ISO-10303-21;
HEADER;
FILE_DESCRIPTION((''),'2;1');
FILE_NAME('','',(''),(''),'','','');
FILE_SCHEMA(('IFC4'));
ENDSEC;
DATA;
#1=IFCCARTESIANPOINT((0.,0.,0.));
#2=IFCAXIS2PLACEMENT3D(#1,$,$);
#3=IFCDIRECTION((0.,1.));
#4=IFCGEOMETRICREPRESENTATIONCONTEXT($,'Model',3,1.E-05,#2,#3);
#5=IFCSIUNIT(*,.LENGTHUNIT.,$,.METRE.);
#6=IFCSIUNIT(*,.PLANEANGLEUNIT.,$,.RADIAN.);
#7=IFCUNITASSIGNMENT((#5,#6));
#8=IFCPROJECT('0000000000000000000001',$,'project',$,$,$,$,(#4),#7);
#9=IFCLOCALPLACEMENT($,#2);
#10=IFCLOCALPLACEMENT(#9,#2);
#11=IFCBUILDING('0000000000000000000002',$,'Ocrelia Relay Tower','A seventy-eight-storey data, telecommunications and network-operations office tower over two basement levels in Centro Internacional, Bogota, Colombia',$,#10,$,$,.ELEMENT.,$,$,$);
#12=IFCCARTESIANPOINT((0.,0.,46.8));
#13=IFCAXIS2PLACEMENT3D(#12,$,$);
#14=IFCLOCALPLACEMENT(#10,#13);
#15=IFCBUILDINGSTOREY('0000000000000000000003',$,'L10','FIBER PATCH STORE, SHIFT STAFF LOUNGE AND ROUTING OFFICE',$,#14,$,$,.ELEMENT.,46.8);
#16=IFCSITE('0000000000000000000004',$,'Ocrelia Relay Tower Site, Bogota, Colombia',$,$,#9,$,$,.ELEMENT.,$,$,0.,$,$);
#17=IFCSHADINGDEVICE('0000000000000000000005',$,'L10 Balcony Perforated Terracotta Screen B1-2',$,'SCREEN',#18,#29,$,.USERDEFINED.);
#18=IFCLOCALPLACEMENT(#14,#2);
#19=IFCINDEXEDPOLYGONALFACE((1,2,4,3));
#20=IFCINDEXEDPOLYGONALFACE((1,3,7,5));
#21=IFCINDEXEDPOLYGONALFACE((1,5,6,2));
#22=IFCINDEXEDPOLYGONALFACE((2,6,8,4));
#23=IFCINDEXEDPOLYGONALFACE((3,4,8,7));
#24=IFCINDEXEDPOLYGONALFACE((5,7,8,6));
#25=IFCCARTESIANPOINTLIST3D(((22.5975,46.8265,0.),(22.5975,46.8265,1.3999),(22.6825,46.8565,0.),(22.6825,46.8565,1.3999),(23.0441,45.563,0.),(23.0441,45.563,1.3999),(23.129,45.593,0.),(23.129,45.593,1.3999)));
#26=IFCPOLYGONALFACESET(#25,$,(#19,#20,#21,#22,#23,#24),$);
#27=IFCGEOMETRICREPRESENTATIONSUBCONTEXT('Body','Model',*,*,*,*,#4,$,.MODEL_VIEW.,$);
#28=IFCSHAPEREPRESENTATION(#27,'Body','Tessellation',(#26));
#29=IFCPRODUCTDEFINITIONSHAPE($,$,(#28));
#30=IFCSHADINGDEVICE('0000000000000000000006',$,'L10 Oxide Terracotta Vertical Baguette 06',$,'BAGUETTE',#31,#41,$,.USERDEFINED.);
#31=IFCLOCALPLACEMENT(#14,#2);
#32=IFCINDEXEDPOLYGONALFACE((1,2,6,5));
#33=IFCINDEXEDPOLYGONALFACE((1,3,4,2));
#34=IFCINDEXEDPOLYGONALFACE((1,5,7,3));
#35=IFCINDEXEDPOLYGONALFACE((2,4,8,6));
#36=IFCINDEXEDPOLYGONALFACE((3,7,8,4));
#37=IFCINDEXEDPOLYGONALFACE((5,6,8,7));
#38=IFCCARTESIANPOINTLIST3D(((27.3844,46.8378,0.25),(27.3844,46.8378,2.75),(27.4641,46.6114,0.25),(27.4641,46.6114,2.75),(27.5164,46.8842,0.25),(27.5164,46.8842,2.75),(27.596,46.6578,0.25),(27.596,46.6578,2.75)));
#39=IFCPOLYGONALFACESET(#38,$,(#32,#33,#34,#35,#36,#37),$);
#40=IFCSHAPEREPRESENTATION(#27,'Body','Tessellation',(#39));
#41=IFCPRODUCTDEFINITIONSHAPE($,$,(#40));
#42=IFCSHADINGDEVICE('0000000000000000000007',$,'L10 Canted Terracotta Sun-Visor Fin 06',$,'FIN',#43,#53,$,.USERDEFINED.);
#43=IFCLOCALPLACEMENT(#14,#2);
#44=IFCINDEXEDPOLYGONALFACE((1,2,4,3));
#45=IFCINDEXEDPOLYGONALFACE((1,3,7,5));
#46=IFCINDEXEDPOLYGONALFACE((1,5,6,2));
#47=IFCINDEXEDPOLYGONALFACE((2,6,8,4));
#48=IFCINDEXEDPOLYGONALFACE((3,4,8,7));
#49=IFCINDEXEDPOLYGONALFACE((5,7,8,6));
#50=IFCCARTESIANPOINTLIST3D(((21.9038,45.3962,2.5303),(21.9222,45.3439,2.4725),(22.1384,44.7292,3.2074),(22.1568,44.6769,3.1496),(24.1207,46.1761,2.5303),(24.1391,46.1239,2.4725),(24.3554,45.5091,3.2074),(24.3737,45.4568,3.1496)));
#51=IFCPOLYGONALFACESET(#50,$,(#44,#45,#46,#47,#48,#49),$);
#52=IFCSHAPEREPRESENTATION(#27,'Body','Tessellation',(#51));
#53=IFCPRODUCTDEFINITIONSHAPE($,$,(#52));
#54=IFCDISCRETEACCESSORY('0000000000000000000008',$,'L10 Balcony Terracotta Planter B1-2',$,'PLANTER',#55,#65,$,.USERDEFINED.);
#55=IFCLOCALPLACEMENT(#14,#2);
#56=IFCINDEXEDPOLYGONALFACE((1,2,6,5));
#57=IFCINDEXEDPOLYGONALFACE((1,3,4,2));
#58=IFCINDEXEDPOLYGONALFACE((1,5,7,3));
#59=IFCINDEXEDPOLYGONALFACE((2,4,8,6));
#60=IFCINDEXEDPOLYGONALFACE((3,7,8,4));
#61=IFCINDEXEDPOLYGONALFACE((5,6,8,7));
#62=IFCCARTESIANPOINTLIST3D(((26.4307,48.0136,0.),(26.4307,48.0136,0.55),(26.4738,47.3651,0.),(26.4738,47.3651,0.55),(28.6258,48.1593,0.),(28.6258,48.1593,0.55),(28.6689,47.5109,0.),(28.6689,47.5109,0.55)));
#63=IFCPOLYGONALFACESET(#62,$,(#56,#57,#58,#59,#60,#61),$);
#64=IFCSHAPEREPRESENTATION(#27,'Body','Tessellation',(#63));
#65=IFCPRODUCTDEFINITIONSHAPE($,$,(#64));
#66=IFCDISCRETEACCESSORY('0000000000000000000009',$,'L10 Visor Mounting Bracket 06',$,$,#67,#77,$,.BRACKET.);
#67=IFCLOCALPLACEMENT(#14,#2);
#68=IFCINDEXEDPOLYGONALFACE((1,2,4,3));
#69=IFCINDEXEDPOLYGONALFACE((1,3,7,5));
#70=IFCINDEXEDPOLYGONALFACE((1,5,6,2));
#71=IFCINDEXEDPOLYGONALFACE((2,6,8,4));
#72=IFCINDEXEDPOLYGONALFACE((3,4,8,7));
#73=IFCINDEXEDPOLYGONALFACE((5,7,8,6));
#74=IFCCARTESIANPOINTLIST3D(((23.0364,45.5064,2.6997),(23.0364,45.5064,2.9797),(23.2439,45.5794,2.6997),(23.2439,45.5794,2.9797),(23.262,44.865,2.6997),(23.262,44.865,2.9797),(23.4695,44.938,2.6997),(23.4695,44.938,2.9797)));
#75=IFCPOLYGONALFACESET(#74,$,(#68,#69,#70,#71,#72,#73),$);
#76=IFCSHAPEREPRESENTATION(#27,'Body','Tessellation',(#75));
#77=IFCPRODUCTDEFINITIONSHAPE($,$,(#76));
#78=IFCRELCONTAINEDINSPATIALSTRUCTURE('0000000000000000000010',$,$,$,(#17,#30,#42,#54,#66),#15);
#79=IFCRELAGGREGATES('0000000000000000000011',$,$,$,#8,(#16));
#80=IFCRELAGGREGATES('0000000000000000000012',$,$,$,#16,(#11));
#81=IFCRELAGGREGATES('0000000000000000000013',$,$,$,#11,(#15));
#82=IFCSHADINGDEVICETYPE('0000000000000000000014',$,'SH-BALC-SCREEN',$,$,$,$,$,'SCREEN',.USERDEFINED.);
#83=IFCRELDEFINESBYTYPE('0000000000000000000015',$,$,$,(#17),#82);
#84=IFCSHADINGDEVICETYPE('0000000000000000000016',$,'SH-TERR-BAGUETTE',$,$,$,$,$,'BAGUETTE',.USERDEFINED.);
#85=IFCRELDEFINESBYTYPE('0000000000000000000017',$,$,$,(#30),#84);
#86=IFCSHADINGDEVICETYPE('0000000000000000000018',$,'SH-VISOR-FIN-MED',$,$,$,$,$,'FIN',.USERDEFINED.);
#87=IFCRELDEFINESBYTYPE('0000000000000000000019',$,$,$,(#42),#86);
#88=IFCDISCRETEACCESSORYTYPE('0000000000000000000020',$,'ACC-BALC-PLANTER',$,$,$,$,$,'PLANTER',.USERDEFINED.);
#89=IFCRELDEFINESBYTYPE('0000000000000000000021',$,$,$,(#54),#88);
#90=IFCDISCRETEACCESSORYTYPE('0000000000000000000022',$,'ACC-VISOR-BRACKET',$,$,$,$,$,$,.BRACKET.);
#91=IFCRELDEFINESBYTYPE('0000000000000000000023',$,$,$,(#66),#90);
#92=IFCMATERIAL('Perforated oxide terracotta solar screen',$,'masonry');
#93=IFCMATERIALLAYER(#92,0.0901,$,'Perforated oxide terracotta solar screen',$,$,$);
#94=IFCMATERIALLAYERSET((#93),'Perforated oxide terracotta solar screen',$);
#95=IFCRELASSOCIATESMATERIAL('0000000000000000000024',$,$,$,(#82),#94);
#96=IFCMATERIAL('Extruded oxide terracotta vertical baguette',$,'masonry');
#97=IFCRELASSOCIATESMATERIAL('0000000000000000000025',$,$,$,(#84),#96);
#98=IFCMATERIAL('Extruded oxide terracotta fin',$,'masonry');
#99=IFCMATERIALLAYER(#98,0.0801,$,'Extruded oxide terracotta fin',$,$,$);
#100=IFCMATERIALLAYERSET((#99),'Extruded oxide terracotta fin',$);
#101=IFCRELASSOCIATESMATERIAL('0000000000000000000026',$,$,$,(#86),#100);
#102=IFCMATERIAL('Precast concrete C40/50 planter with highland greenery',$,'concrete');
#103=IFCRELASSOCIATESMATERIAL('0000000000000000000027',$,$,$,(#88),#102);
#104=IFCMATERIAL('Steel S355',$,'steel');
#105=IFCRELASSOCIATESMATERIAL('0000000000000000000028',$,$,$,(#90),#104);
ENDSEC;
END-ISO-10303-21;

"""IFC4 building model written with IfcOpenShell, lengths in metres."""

from ifc_helpers import new_model, si_unit, direction, frame, origin, origin_2d, place, context, subcontext, project, spatial, rectangle, extrude, material, layer, layer_set, type_object, element, save


model = new_model("IFC4")

# Units and contexts
model_context = context("Model", 3, precision=1e-05, world=origin(), true_north=direction((0.0, 1.0)))
body_context = subcontext(model_context, "Body", "Model", "MODEL_VIEW")
ifc_project = project(units=[si_unit("LENGTHUNIT", "METRE"), si_unit("PLANEANGLEUNIT", "RADIAN")], contexts=[model_context])

# Site, building, storey
site_placement = place(None, origin())
site = spatial("IfcSite", under=ifc_project, at=site_placement, Name="Ocrelia Relay Tower Site, Bogota, Colombia", CompositionType="ELEMENT", RefElevation=0.0)
building_placement = place(site_placement, origin())
building = spatial("IfcBuilding", under=site, at=building_placement, Name="Ocrelia Relay Tower", Description="A seventy-eight-storey data, telecommunications and network-operations office tower over two basement levels in Centro Internacional, Bogota, Colombia", CompositionType="ELEMENT")
storey_placement = place(building_placement, frame((0.0, 0.0, 46.8)))
storey = spatial("IfcBuildingStorey", under=building, at=storey_placement, Name="L10", Description="FIBER PATCH STORE, SHIFT STAFF LOUNGE AND ROUTING OFFICE", CompositionType="ELEMENT", Elevation=46.8)

# Shared definitions
ifc_material_1 = material(Name="Steel S355", Category="steel")

# Shading devices
ifc_material_2 = material(Name="Perforated oxide terracotta solar screen", Category="masonry")
ifc_layer_1 = layer(ifc_material_2, 0.0901, Name="Perforated oxide terracotta solar screen")
ifc_layer_set_1 = layer_set([ifc_layer_1], Name="Perforated oxide terracotta solar screen")
shading_device_type_1 = type_object("IfcShadingDeviceType", Name="SH-BALC-SCREEN", ElementType="SCREEN", PredefinedType="USERDEFINED", material=ifc_layer_set_1)
shading_device_1_placement = place(storey_placement, frame((22.8633, 46.2097, 0.0), z_axis=(0.0, 0.0, 1.0), x_axis=(-0.333207, 0.942854, 0.0)))
element("IfcShadingDevice", 1, at=shading_device_1_placement, inside=storey, type_object=shading_device_type_1, Name="L10 Balcony Perforated Terracotta Screen B1-2", ObjectType="SCREEN", PredefinedType="USERDEFINED", context=body_context, shape_type="SweptSolid", body=[
    extrude(rectangle(XDim=1.3401, YDim=0.0901, at=origin_2d()), origin(), (0.0, 0.0, 1.0), 1.3999),
])
ifc_material_3 = material(Name="Extruded oxide terracotta vertical baguette", Category="masonry")
shading_device_type_2 = type_object("IfcShadingDeviceType", Name="SH-TERR-BAGUETTE", ElementType="BAGUETTE", PredefinedType="USERDEFINED", material=ifc_material_3)
shading_device_2_placement = place(storey_placement, frame((27.4902, 46.7478, 0.25), z_axis=(0.0, 0.0, 1.0), x_axis=(-0.943326, -0.331868, 0.0)))
element("IfcShadingDevice", 2, at=shading_device_2_placement, inside=storey, type_object=shading_device_type_2, Name="L10 Oxide Terracotta Vertical Baguette 06", ObjectType="BAGUETTE", PredefinedType="USERDEFINED", context=body_context, shape_type="SweptSolid", body=[
    extrude(rectangle(XDim=0.1399, YDim=0.24, at=origin_2d()), origin(), (0.0, 0.0, 1.0), 2.5),
])
ifc_material_4 = material(Name="Extruded oxide terracotta fin", Category="masonry")
ifc_layer_2 = layer(ifc_material_4, 0.0801, Name="Extruded oxide terracotta fin")
ifc_layer_set_2 = layer_set([ifc_layer_2], Name="Extruded oxide terracotta fin")
shading_device_type_3 = type_object("IfcShadingDeviceType", Name="SH-VISOR-FIN-MED", ElementType="FIN", PredefinedType="USERDEFINED", material=ifc_layer_set_2)
shading_device_3_placement = place(storey_placement, frame((23.1479, 45.4004, 2.811), z_axis=(-0.229533, 0.652441, 0.722243), x_axis=(-0.943326, -0.331868, 0.0)))
element("IfcShadingDevice", 3, at=shading_device_3_placement, inside=storey, type_object=shading_device_type_3, Name="L10 Canted Terracotta Sun-Visor Fin 06", ObjectType="FIN", PredefinedType="USERDEFINED", context=body_context, shape_type="SweptSolid", body=[
    extrude(rectangle(XDim=2.3501, YDim=0.979, at=origin_2d()), origin(), (0.0, 0.0, 1.0), 0.0801),
])

# Discrete accessories
ifc_material_5 = material(Name="Precast concrete C40/50 planter with highland greenery", Category="concrete")
discrete_accessory_type_1 = type_object("IfcDiscreteAccessoryType", Name="ACC-BALC-PLANTER", ElementType="PLANTER", PredefinedType="USERDEFINED", material=ifc_material_5)
discrete_accessory_1_placement = place(storey_placement, frame((27.5498, 47.7622, 0.0), z_axis=(0.0, 0.0, 1.0), x_axis=(0.997802, 0.066268, 0.0)))
element("IfcDiscreteAccessory", 4, at=discrete_accessory_1_placement, inside=storey, type_object=discrete_accessory_type_1, Name="L10 Balcony Terracotta Planter B1-2", ObjectType="PLANTER", PredefinedType="USERDEFINED", context=body_context, shape_type="SweptSolid", body=[
    extrude(rectangle(XDim=2.2, YDim=0.6499, at=origin_2d()), origin(), (0.0, 0.0, 1.0), 0.55),
])
discrete_accessory_type_2 = type_object("IfcDiscreteAccessoryType", Name="ACC-VISOR-BRACKET", PredefinedType="BRACKET", material=ifc_material_1)
discrete_accessory_2_placement = place(storey_placement, frame((23.2529, 45.2222, 2.6997), z_axis=(0.0, 0.0, 1.0), x_axis=(-0.943326, -0.331868, 0.0)))
element("IfcDiscreteAccessory", 5, at=discrete_accessory_2_placement, inside=storey, type_object=discrete_accessory_type_2, Name="L10 Visor Mounting Bracket 06", PredefinedType="BRACKET", context=body_context, shape_type="SweptSolid", body=[
    extrude(rectangle(XDim=0.22, YDim=0.6799, at=origin_2d()), origin(), (0.0, 0.0, 1.0), 0.28),
])

save(model, "model.ifc")
